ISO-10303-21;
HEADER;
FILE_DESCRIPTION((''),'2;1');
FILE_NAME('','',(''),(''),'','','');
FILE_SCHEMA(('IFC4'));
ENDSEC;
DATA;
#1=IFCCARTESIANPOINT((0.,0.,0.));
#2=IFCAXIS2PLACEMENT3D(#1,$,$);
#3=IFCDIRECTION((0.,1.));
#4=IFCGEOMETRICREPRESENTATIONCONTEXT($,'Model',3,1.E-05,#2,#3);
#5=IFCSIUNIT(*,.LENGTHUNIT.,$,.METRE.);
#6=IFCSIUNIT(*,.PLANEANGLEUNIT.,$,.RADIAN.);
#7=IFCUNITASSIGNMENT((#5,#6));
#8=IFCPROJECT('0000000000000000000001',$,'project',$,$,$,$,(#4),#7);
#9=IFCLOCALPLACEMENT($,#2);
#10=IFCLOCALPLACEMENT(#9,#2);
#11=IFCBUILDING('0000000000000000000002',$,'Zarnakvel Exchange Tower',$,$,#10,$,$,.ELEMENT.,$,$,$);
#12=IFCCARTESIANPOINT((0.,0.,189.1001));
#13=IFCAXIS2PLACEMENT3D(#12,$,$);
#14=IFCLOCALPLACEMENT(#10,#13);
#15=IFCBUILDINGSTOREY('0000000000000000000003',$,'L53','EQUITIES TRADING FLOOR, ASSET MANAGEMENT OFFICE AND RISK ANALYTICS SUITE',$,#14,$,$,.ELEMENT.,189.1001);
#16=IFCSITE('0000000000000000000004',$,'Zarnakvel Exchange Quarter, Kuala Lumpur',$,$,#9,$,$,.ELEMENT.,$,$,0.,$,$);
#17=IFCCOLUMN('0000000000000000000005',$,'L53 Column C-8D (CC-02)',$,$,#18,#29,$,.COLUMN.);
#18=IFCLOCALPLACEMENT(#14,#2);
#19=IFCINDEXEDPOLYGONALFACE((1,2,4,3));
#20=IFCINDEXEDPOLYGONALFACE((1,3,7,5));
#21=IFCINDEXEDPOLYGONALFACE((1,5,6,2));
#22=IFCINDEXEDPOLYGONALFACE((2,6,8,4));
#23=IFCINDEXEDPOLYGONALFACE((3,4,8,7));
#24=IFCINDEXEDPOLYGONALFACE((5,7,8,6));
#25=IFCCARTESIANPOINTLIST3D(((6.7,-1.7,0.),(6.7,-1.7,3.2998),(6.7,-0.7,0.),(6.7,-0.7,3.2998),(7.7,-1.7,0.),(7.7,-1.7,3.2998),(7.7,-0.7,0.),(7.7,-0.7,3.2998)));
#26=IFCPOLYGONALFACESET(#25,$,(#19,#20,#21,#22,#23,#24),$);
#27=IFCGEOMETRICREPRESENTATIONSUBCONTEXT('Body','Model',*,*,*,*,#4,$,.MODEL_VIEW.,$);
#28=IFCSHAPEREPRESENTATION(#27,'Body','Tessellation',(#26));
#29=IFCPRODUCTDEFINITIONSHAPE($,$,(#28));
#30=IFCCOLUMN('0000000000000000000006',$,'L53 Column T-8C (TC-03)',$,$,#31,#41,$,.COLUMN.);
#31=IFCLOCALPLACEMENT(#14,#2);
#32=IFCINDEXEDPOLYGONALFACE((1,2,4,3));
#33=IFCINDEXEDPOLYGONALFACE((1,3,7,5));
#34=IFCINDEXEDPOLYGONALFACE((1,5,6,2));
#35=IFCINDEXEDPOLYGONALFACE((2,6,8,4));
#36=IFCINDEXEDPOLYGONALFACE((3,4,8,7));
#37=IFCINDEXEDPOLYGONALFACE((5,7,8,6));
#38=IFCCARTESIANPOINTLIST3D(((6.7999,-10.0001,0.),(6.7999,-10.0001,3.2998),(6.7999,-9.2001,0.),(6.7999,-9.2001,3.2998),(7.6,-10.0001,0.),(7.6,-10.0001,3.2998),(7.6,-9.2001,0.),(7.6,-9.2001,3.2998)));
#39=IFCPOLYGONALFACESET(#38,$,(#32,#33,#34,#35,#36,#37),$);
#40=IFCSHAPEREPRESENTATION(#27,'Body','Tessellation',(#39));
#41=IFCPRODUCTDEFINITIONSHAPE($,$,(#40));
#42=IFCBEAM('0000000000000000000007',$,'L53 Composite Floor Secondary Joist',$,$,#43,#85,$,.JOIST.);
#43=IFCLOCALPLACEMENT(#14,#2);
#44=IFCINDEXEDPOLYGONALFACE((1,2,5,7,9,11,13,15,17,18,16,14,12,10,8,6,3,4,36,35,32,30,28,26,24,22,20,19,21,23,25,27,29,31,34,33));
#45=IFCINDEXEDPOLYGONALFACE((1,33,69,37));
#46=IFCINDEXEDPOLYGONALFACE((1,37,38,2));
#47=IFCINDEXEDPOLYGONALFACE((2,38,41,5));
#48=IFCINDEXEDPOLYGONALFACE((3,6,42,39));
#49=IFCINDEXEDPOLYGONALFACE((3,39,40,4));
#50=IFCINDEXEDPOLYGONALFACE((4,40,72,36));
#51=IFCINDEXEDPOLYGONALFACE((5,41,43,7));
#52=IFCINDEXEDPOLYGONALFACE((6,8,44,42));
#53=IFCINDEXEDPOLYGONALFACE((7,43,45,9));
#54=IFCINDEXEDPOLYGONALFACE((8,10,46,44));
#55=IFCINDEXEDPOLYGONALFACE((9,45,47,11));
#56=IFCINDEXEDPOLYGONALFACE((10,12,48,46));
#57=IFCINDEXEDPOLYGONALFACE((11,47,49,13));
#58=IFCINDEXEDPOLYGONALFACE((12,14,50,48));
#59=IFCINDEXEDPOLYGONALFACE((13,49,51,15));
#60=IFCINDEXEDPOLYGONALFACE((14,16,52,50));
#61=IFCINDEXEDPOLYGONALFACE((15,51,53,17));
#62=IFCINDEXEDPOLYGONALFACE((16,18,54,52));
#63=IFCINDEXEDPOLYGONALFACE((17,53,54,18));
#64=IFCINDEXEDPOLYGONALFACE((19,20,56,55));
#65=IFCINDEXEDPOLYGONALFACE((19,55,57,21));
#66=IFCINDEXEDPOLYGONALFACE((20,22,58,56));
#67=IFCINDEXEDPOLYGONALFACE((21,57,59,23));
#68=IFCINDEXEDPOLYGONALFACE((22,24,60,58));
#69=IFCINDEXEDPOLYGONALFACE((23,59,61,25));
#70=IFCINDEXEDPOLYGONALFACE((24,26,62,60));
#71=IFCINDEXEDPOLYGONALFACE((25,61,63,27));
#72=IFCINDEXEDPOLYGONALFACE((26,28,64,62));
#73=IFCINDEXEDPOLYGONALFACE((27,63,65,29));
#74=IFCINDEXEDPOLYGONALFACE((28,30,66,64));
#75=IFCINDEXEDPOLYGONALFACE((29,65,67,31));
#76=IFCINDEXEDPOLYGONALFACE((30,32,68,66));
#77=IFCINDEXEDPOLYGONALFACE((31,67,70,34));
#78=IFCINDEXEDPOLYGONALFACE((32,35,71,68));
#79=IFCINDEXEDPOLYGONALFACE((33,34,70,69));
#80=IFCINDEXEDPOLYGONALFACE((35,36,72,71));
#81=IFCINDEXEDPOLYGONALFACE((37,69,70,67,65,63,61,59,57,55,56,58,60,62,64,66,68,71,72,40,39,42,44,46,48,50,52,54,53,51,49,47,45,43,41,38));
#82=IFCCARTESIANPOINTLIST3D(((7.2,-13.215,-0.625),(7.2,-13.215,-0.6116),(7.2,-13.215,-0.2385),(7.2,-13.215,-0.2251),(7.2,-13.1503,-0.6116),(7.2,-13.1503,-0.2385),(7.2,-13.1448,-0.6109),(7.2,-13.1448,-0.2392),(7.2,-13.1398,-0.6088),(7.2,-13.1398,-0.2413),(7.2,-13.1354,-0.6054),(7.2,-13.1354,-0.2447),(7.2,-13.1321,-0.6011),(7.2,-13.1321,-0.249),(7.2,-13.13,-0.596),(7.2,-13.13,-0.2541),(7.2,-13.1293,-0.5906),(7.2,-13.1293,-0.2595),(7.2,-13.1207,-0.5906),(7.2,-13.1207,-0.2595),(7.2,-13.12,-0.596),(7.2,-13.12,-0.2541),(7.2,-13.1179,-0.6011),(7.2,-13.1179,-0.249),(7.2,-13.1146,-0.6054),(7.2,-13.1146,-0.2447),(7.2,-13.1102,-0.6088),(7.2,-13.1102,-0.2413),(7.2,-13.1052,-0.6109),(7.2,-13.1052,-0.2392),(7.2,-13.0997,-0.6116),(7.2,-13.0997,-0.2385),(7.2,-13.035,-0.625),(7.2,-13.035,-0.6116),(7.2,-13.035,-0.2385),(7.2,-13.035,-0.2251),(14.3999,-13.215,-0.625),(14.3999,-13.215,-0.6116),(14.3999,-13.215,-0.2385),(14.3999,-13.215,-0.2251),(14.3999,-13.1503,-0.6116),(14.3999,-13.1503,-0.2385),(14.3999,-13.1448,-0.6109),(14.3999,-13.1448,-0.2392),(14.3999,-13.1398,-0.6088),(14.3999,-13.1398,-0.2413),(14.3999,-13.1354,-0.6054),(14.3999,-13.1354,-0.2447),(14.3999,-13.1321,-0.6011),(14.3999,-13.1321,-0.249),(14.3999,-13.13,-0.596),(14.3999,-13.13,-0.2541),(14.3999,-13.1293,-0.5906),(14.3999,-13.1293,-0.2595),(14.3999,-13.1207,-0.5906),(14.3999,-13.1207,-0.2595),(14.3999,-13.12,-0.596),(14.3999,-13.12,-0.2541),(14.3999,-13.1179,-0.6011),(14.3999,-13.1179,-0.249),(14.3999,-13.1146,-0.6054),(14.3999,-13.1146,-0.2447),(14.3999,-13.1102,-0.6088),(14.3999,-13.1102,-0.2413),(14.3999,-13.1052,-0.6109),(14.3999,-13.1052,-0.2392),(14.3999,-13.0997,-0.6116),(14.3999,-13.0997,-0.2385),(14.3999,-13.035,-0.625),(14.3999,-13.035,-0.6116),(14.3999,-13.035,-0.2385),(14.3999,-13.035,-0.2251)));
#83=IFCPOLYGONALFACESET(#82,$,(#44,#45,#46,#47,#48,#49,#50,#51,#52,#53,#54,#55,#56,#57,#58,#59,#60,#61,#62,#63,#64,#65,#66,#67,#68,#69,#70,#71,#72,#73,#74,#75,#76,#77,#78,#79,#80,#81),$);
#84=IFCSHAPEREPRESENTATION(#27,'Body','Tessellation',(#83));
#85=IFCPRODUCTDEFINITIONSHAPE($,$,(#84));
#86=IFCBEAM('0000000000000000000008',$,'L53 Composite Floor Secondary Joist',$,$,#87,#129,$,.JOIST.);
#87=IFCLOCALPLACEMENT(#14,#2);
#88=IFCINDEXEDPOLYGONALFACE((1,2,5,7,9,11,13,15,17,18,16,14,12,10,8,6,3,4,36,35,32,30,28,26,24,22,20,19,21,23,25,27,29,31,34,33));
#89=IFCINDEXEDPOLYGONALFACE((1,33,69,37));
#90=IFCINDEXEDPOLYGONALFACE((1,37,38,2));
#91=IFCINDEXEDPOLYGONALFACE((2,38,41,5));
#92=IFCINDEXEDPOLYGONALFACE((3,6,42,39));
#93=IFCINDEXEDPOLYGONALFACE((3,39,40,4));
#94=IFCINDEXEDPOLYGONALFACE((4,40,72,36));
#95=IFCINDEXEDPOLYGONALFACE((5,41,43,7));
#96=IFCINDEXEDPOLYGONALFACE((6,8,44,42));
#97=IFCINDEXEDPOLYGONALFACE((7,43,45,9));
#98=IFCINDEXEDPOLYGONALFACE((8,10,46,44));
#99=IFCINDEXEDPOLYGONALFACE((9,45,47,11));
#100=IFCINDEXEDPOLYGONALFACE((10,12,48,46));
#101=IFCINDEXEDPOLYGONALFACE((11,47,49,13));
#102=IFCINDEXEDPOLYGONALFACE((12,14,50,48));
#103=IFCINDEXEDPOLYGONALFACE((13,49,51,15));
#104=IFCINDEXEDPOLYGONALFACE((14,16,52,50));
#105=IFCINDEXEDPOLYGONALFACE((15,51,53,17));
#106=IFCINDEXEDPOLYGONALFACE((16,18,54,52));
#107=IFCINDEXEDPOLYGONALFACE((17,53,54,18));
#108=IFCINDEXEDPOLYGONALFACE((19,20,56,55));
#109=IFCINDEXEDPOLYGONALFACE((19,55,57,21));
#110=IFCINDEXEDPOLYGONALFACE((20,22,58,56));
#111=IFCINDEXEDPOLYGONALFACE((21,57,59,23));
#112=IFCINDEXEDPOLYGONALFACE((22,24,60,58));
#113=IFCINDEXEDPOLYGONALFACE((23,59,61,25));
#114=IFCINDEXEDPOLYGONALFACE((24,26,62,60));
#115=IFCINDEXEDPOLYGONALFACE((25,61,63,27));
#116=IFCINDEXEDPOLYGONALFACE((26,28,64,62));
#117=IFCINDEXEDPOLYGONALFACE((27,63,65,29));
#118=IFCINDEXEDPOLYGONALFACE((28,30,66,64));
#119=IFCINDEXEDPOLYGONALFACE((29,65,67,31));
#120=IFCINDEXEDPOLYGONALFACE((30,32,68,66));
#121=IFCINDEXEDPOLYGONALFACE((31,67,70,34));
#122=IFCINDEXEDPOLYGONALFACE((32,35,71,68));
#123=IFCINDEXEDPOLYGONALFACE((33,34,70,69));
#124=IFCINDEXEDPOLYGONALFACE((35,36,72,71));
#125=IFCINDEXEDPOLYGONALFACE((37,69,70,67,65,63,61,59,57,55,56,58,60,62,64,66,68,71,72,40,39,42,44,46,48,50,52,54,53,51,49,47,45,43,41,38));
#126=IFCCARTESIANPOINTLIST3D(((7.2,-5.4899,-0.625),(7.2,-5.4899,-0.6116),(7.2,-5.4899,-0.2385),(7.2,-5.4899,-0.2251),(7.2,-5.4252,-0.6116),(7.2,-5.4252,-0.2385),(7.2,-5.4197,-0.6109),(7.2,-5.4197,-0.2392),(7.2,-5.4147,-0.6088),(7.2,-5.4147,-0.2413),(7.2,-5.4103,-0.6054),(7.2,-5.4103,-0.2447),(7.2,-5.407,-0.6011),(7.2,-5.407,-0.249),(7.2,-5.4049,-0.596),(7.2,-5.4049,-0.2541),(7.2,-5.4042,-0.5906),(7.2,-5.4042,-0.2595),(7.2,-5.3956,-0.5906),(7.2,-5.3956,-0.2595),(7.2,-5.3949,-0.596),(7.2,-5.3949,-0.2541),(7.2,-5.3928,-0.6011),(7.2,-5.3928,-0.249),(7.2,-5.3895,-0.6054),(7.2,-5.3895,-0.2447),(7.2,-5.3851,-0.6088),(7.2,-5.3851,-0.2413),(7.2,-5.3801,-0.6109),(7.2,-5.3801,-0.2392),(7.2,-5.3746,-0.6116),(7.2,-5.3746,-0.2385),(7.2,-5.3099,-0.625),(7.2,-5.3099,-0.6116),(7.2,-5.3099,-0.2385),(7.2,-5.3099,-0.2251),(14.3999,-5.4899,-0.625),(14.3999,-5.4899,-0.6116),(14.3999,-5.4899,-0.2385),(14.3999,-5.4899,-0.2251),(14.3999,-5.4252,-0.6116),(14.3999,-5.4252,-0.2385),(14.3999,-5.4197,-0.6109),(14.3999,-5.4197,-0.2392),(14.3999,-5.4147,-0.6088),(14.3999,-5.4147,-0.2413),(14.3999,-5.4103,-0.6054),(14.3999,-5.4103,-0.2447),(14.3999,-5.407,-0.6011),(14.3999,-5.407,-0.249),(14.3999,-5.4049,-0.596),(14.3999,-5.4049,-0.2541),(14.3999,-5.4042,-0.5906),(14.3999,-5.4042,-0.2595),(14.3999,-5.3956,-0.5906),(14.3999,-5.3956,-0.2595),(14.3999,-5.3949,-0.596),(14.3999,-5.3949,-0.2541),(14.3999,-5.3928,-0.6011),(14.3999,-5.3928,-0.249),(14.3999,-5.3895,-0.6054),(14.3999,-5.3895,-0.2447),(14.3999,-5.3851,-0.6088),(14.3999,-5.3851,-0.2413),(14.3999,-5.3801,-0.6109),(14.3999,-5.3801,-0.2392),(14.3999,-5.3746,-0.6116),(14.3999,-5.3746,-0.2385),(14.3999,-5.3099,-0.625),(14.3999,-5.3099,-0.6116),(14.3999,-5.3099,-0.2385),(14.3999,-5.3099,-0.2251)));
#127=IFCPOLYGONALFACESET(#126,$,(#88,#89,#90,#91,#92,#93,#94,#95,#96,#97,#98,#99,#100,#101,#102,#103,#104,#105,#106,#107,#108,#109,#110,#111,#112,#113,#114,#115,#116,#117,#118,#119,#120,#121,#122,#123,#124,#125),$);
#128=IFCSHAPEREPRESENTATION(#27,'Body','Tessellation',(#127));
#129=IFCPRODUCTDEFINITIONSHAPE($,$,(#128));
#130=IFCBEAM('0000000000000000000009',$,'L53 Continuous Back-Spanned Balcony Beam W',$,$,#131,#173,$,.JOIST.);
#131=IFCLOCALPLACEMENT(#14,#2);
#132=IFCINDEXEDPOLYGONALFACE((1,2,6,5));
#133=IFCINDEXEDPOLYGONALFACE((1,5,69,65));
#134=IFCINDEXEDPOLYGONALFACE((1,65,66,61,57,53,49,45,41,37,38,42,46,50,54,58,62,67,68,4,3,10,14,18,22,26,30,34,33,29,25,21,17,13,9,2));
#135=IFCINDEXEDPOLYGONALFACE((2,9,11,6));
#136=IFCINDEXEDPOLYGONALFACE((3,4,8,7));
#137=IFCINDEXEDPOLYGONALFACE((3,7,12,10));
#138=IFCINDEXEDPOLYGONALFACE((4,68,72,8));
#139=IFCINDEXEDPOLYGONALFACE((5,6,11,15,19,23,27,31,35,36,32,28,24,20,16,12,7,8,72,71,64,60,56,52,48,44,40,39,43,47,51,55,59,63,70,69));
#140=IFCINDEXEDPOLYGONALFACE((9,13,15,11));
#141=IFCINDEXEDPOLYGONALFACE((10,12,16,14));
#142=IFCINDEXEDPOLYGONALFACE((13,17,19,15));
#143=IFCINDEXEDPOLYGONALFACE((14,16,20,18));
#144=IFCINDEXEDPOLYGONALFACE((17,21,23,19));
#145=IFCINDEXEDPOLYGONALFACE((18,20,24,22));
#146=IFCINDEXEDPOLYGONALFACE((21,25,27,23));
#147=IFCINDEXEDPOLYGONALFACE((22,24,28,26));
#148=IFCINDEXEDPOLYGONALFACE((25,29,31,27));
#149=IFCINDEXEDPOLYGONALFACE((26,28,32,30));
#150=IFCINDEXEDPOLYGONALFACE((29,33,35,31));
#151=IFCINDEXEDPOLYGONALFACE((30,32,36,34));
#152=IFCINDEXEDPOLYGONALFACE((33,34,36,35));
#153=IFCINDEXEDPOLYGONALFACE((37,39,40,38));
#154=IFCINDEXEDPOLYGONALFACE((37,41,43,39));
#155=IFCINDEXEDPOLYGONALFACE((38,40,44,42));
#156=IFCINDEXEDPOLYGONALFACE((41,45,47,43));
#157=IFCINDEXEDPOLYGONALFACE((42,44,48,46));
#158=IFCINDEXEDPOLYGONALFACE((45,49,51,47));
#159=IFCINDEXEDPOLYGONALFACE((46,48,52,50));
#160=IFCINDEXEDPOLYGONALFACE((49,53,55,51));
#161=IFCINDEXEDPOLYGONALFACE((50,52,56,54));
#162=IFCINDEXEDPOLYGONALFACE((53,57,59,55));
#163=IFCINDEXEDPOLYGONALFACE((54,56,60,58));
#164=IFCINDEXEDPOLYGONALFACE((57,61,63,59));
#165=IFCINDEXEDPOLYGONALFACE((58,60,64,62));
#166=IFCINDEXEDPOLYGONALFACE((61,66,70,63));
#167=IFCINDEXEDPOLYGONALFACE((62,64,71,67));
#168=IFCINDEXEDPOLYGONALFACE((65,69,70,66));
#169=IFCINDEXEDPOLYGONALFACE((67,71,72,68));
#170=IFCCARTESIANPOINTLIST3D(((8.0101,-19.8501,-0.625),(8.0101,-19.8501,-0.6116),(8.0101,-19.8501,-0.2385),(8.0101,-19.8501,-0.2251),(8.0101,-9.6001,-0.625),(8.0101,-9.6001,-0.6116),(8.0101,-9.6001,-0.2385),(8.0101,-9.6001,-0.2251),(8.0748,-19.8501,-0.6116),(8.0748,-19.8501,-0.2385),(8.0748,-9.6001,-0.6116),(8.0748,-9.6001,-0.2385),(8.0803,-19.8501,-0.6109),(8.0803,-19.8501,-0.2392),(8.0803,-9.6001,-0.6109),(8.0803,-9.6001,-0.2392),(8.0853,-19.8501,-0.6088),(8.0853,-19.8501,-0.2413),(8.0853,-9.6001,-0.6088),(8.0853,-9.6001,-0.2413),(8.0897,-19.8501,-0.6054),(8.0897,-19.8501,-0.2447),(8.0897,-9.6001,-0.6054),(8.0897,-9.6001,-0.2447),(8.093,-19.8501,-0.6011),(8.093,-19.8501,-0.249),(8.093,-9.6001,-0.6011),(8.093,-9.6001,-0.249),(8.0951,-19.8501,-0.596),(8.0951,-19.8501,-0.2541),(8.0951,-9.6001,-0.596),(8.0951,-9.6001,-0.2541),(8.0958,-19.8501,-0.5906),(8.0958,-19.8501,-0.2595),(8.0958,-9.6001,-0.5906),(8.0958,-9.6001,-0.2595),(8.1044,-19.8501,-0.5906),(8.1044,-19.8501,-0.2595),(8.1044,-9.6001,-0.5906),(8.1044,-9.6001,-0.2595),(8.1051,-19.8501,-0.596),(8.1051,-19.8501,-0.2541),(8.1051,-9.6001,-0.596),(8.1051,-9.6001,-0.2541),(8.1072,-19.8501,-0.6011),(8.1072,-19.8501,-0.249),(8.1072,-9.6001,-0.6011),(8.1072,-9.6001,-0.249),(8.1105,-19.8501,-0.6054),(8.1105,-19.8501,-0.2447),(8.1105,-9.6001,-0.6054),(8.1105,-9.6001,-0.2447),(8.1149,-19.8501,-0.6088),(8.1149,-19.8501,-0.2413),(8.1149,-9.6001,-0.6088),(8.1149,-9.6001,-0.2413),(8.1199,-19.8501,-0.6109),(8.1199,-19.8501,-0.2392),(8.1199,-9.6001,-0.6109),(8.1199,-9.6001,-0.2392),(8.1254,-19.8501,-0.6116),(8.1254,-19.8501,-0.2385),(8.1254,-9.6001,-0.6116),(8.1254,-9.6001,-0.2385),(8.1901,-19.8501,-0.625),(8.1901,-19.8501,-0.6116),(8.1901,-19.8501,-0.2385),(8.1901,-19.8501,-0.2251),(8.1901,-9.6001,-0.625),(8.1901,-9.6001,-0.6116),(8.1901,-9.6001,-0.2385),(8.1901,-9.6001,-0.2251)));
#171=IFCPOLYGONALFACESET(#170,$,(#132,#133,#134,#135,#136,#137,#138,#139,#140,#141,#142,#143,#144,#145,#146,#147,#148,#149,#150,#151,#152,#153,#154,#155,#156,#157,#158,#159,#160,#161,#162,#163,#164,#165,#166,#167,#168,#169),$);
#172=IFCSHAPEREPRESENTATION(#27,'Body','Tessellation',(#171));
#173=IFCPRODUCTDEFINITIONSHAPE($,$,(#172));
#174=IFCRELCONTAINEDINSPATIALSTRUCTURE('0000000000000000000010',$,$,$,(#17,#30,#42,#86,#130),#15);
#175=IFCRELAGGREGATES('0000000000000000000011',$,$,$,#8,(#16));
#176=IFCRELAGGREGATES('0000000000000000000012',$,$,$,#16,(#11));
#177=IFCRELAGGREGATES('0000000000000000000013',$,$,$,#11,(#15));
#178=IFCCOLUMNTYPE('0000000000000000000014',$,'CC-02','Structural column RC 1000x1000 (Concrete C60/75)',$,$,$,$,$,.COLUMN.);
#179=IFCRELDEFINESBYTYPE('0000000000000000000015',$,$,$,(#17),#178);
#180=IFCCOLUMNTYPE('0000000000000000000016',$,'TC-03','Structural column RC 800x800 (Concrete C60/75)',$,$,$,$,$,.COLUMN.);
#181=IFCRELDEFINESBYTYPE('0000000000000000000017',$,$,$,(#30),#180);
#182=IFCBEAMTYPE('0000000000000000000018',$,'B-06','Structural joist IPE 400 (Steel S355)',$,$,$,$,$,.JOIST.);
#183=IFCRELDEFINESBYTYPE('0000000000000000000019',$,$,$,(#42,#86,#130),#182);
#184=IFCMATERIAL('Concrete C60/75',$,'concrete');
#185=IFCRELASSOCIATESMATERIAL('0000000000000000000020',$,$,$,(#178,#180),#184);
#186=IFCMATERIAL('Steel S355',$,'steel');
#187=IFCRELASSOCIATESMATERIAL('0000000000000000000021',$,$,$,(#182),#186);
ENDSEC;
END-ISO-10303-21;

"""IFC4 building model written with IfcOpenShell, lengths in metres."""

from ifc_helpers import new_model, si_unit, direction, frame, origin, origin_2d, place, context, subcontext, project, spatial, rectangle, i_section, extrude, material, material_profile, profile_set, type_object, element, save


model = new_model("IFC4")

# Units and contexts
model_context = context("Model", 3, precision=1e-05, world=origin(), true_north=direction((0.0, 1.0)))
body_context = subcontext(model_context, "Body", "Model", "MODEL_VIEW")
ifc_project = project(units=[si_unit("LENGTHUNIT", "METRE"), si_unit("PLANEANGLEUNIT", "RADIAN")], contexts=[model_context])

# Site, building, storey
site_placement = place(None, origin())
site = spatial("IfcSite", under=ifc_project, at=site_placement, Name="Zarnakvel Exchange Quarter, Kuala Lumpur", CompositionType="ELEMENT", RefElevation=0.0)
building_placement = place(site_placement, origin())
building = spatial("IfcBuilding", under=site, at=building_placement, Name="Zarnakvel Exchange Tower", CompositionType="ELEMENT")
storey_placement = place(building_placement, frame((0.0, 0.0, 189.1001)))
storey = spatial("IfcBuildingStorey", under=building, at=storey_placement, Name="L53", Description="EQUITIES TRADING FLOOR, ASSET MANAGEMENT OFFICE AND RISK ANALYTICS SUITE", CompositionType="ELEMENT", Elevation=189.1001)

# Columns
ifc_material_1 = material(Name="Concrete C60/75", Category="concrete")
ifc_material_profile_1 = material_profile(ifc_material_1, rectangle(XDim=1.0, YDim=1.0, at=origin_2d()))
ifc_profile_set_1 = profile_set([ifc_material_profile_1], Name="Concrete C60/75")
column_type_1 = type_object("IfcColumnType", Name="CC-02", Description="Structural column RC 1000x1000 (Concrete C60/75)", PredefinedType="COLUMN", material=ifc_profile_set_1)
column_1_placement = place(storey_placement, frame((7.2, -1.2, 0.0), z_axis=(0.0, 0.0, 1.0), x_axis=(1.0, 0.0, 0.0)))
element("IfcColumn", 1, at=column_1_placement, inside=storey, type_object=column_type_1, Name="L53 Column C-8D (CC-02)", PredefinedType="COLUMN", context=body_context, shape_type="SweptSolid", body=[
    extrude(rectangle(XDim=1.0, YDim=1.0, at=origin_2d()), origin(), (0.0, 0.0, 1.0), 3.2998),
])
ifc_material_profile_2 = material_profile(ifc_material_1, rectangle(XDim=0.8, YDim=0.8, at=origin_2d()))
ifc_profile_set_2 = profile_set([ifc_material_profile_2], Name="Concrete C60/75")
column_type_2 = type_object("IfcColumnType", Name="TC-03", Description="Structural column RC 800x800 (Concrete C60/75)", PredefinedType="COLUMN", material=ifc_profile_set_2)
column_2_placement = place(storey_placement, frame((7.2, -9.6001, 0.0), z_axis=(0.0, 0.0, 1.0), x_axis=(1.0, 0.0, 0.0)))
element("IfcColumn", 2, at=column_2_placement, inside=storey, type_object=column_type_2, Name="L53 Column T-8C (TC-03)", PredefinedType="COLUMN", context=body_context, shape_type="SweptSolid", body=[
    extrude(rectangle(XDim=0.8, YDim=0.8, at=origin_2d()), origin(), (0.0, 0.0, 1.0), 3.2998),
])

# Beams
ifc_material_2 = material(Name="Steel S355", Category="steel")
ifc_material_profile_3 = material_profile(ifc_material_2, i_section(OverallWidth=0.1799, OverallDepth=0.3999, WebThickness=0.0085, FlangeThickness=0.0134, FilletRadius=0.021, at=origin_2d()))
ifc_profile_set_3 = profile_set([ifc_material_profile_3], Name="Steel S355")
beam_type_1 = type_object("IfcBeamType", Name="B-06", Description="Structural joist IPE 400 (Steel S355)", PredefinedType="JOIST", material=ifc_profile_set_3)
for number, where, z_axis, x_axis, name in (
    (3, (7.2, -13.125, -0.425), (1.0, 0.0, 0.0), (0.0, 1.0, 0.0), "L53 Composite Floor Secondary Joist"),
    (4, (7.2, -5.3999, -0.425), (1.0, 0.0, 0.0), (0.0, 1.0, 0.0), "L53 Composite Floor Secondary Joist"),
):
    element("IfcBeam", number, at=place(storey_placement, frame(where, z_axis=z_axis, x_axis=x_axis)), inside=storey, type_object=beam_type_1, Name=name, PredefinedType="JOIST", context=body_context, shape_type="SweptSolid", body=[
        extrude(i_section(OverallWidth=0.1799, OverallDepth=0.3999, WebThickness=0.0085, FlangeThickness=0.0134, FilletRadius=0.021, at=origin_2d()), origin(), (0.0, 0.0, 1.0), 7.2),
    ])
for number, where, z_axis, x_axis, name in (
    (5, (8.1001, -9.6001, -0.425), (0.0, -1.0, 0.0), (1.0, 0.0, 0.0), "L53 Continuous Back-Spanned Balcony Beam W"),
):
    element("IfcBeam", number, at=place(storey_placement, frame(where, z_axis=z_axis, x_axis=x_axis)), inside=storey, type_object=beam_type_1, Name=name, PredefinedType="JOIST", context=body_context, shape_type="SweptSolid", body=[
        extrude(i_section(OverallWidth=0.1799, OverallDepth=0.3999, WebThickness=0.0085, FlangeThickness=0.0134, FilletRadius=0.021, at=origin_2d()), origin(), (0.0, 0.0, 1.0), 10.25),
    ])

save(model, "model.ifc")
